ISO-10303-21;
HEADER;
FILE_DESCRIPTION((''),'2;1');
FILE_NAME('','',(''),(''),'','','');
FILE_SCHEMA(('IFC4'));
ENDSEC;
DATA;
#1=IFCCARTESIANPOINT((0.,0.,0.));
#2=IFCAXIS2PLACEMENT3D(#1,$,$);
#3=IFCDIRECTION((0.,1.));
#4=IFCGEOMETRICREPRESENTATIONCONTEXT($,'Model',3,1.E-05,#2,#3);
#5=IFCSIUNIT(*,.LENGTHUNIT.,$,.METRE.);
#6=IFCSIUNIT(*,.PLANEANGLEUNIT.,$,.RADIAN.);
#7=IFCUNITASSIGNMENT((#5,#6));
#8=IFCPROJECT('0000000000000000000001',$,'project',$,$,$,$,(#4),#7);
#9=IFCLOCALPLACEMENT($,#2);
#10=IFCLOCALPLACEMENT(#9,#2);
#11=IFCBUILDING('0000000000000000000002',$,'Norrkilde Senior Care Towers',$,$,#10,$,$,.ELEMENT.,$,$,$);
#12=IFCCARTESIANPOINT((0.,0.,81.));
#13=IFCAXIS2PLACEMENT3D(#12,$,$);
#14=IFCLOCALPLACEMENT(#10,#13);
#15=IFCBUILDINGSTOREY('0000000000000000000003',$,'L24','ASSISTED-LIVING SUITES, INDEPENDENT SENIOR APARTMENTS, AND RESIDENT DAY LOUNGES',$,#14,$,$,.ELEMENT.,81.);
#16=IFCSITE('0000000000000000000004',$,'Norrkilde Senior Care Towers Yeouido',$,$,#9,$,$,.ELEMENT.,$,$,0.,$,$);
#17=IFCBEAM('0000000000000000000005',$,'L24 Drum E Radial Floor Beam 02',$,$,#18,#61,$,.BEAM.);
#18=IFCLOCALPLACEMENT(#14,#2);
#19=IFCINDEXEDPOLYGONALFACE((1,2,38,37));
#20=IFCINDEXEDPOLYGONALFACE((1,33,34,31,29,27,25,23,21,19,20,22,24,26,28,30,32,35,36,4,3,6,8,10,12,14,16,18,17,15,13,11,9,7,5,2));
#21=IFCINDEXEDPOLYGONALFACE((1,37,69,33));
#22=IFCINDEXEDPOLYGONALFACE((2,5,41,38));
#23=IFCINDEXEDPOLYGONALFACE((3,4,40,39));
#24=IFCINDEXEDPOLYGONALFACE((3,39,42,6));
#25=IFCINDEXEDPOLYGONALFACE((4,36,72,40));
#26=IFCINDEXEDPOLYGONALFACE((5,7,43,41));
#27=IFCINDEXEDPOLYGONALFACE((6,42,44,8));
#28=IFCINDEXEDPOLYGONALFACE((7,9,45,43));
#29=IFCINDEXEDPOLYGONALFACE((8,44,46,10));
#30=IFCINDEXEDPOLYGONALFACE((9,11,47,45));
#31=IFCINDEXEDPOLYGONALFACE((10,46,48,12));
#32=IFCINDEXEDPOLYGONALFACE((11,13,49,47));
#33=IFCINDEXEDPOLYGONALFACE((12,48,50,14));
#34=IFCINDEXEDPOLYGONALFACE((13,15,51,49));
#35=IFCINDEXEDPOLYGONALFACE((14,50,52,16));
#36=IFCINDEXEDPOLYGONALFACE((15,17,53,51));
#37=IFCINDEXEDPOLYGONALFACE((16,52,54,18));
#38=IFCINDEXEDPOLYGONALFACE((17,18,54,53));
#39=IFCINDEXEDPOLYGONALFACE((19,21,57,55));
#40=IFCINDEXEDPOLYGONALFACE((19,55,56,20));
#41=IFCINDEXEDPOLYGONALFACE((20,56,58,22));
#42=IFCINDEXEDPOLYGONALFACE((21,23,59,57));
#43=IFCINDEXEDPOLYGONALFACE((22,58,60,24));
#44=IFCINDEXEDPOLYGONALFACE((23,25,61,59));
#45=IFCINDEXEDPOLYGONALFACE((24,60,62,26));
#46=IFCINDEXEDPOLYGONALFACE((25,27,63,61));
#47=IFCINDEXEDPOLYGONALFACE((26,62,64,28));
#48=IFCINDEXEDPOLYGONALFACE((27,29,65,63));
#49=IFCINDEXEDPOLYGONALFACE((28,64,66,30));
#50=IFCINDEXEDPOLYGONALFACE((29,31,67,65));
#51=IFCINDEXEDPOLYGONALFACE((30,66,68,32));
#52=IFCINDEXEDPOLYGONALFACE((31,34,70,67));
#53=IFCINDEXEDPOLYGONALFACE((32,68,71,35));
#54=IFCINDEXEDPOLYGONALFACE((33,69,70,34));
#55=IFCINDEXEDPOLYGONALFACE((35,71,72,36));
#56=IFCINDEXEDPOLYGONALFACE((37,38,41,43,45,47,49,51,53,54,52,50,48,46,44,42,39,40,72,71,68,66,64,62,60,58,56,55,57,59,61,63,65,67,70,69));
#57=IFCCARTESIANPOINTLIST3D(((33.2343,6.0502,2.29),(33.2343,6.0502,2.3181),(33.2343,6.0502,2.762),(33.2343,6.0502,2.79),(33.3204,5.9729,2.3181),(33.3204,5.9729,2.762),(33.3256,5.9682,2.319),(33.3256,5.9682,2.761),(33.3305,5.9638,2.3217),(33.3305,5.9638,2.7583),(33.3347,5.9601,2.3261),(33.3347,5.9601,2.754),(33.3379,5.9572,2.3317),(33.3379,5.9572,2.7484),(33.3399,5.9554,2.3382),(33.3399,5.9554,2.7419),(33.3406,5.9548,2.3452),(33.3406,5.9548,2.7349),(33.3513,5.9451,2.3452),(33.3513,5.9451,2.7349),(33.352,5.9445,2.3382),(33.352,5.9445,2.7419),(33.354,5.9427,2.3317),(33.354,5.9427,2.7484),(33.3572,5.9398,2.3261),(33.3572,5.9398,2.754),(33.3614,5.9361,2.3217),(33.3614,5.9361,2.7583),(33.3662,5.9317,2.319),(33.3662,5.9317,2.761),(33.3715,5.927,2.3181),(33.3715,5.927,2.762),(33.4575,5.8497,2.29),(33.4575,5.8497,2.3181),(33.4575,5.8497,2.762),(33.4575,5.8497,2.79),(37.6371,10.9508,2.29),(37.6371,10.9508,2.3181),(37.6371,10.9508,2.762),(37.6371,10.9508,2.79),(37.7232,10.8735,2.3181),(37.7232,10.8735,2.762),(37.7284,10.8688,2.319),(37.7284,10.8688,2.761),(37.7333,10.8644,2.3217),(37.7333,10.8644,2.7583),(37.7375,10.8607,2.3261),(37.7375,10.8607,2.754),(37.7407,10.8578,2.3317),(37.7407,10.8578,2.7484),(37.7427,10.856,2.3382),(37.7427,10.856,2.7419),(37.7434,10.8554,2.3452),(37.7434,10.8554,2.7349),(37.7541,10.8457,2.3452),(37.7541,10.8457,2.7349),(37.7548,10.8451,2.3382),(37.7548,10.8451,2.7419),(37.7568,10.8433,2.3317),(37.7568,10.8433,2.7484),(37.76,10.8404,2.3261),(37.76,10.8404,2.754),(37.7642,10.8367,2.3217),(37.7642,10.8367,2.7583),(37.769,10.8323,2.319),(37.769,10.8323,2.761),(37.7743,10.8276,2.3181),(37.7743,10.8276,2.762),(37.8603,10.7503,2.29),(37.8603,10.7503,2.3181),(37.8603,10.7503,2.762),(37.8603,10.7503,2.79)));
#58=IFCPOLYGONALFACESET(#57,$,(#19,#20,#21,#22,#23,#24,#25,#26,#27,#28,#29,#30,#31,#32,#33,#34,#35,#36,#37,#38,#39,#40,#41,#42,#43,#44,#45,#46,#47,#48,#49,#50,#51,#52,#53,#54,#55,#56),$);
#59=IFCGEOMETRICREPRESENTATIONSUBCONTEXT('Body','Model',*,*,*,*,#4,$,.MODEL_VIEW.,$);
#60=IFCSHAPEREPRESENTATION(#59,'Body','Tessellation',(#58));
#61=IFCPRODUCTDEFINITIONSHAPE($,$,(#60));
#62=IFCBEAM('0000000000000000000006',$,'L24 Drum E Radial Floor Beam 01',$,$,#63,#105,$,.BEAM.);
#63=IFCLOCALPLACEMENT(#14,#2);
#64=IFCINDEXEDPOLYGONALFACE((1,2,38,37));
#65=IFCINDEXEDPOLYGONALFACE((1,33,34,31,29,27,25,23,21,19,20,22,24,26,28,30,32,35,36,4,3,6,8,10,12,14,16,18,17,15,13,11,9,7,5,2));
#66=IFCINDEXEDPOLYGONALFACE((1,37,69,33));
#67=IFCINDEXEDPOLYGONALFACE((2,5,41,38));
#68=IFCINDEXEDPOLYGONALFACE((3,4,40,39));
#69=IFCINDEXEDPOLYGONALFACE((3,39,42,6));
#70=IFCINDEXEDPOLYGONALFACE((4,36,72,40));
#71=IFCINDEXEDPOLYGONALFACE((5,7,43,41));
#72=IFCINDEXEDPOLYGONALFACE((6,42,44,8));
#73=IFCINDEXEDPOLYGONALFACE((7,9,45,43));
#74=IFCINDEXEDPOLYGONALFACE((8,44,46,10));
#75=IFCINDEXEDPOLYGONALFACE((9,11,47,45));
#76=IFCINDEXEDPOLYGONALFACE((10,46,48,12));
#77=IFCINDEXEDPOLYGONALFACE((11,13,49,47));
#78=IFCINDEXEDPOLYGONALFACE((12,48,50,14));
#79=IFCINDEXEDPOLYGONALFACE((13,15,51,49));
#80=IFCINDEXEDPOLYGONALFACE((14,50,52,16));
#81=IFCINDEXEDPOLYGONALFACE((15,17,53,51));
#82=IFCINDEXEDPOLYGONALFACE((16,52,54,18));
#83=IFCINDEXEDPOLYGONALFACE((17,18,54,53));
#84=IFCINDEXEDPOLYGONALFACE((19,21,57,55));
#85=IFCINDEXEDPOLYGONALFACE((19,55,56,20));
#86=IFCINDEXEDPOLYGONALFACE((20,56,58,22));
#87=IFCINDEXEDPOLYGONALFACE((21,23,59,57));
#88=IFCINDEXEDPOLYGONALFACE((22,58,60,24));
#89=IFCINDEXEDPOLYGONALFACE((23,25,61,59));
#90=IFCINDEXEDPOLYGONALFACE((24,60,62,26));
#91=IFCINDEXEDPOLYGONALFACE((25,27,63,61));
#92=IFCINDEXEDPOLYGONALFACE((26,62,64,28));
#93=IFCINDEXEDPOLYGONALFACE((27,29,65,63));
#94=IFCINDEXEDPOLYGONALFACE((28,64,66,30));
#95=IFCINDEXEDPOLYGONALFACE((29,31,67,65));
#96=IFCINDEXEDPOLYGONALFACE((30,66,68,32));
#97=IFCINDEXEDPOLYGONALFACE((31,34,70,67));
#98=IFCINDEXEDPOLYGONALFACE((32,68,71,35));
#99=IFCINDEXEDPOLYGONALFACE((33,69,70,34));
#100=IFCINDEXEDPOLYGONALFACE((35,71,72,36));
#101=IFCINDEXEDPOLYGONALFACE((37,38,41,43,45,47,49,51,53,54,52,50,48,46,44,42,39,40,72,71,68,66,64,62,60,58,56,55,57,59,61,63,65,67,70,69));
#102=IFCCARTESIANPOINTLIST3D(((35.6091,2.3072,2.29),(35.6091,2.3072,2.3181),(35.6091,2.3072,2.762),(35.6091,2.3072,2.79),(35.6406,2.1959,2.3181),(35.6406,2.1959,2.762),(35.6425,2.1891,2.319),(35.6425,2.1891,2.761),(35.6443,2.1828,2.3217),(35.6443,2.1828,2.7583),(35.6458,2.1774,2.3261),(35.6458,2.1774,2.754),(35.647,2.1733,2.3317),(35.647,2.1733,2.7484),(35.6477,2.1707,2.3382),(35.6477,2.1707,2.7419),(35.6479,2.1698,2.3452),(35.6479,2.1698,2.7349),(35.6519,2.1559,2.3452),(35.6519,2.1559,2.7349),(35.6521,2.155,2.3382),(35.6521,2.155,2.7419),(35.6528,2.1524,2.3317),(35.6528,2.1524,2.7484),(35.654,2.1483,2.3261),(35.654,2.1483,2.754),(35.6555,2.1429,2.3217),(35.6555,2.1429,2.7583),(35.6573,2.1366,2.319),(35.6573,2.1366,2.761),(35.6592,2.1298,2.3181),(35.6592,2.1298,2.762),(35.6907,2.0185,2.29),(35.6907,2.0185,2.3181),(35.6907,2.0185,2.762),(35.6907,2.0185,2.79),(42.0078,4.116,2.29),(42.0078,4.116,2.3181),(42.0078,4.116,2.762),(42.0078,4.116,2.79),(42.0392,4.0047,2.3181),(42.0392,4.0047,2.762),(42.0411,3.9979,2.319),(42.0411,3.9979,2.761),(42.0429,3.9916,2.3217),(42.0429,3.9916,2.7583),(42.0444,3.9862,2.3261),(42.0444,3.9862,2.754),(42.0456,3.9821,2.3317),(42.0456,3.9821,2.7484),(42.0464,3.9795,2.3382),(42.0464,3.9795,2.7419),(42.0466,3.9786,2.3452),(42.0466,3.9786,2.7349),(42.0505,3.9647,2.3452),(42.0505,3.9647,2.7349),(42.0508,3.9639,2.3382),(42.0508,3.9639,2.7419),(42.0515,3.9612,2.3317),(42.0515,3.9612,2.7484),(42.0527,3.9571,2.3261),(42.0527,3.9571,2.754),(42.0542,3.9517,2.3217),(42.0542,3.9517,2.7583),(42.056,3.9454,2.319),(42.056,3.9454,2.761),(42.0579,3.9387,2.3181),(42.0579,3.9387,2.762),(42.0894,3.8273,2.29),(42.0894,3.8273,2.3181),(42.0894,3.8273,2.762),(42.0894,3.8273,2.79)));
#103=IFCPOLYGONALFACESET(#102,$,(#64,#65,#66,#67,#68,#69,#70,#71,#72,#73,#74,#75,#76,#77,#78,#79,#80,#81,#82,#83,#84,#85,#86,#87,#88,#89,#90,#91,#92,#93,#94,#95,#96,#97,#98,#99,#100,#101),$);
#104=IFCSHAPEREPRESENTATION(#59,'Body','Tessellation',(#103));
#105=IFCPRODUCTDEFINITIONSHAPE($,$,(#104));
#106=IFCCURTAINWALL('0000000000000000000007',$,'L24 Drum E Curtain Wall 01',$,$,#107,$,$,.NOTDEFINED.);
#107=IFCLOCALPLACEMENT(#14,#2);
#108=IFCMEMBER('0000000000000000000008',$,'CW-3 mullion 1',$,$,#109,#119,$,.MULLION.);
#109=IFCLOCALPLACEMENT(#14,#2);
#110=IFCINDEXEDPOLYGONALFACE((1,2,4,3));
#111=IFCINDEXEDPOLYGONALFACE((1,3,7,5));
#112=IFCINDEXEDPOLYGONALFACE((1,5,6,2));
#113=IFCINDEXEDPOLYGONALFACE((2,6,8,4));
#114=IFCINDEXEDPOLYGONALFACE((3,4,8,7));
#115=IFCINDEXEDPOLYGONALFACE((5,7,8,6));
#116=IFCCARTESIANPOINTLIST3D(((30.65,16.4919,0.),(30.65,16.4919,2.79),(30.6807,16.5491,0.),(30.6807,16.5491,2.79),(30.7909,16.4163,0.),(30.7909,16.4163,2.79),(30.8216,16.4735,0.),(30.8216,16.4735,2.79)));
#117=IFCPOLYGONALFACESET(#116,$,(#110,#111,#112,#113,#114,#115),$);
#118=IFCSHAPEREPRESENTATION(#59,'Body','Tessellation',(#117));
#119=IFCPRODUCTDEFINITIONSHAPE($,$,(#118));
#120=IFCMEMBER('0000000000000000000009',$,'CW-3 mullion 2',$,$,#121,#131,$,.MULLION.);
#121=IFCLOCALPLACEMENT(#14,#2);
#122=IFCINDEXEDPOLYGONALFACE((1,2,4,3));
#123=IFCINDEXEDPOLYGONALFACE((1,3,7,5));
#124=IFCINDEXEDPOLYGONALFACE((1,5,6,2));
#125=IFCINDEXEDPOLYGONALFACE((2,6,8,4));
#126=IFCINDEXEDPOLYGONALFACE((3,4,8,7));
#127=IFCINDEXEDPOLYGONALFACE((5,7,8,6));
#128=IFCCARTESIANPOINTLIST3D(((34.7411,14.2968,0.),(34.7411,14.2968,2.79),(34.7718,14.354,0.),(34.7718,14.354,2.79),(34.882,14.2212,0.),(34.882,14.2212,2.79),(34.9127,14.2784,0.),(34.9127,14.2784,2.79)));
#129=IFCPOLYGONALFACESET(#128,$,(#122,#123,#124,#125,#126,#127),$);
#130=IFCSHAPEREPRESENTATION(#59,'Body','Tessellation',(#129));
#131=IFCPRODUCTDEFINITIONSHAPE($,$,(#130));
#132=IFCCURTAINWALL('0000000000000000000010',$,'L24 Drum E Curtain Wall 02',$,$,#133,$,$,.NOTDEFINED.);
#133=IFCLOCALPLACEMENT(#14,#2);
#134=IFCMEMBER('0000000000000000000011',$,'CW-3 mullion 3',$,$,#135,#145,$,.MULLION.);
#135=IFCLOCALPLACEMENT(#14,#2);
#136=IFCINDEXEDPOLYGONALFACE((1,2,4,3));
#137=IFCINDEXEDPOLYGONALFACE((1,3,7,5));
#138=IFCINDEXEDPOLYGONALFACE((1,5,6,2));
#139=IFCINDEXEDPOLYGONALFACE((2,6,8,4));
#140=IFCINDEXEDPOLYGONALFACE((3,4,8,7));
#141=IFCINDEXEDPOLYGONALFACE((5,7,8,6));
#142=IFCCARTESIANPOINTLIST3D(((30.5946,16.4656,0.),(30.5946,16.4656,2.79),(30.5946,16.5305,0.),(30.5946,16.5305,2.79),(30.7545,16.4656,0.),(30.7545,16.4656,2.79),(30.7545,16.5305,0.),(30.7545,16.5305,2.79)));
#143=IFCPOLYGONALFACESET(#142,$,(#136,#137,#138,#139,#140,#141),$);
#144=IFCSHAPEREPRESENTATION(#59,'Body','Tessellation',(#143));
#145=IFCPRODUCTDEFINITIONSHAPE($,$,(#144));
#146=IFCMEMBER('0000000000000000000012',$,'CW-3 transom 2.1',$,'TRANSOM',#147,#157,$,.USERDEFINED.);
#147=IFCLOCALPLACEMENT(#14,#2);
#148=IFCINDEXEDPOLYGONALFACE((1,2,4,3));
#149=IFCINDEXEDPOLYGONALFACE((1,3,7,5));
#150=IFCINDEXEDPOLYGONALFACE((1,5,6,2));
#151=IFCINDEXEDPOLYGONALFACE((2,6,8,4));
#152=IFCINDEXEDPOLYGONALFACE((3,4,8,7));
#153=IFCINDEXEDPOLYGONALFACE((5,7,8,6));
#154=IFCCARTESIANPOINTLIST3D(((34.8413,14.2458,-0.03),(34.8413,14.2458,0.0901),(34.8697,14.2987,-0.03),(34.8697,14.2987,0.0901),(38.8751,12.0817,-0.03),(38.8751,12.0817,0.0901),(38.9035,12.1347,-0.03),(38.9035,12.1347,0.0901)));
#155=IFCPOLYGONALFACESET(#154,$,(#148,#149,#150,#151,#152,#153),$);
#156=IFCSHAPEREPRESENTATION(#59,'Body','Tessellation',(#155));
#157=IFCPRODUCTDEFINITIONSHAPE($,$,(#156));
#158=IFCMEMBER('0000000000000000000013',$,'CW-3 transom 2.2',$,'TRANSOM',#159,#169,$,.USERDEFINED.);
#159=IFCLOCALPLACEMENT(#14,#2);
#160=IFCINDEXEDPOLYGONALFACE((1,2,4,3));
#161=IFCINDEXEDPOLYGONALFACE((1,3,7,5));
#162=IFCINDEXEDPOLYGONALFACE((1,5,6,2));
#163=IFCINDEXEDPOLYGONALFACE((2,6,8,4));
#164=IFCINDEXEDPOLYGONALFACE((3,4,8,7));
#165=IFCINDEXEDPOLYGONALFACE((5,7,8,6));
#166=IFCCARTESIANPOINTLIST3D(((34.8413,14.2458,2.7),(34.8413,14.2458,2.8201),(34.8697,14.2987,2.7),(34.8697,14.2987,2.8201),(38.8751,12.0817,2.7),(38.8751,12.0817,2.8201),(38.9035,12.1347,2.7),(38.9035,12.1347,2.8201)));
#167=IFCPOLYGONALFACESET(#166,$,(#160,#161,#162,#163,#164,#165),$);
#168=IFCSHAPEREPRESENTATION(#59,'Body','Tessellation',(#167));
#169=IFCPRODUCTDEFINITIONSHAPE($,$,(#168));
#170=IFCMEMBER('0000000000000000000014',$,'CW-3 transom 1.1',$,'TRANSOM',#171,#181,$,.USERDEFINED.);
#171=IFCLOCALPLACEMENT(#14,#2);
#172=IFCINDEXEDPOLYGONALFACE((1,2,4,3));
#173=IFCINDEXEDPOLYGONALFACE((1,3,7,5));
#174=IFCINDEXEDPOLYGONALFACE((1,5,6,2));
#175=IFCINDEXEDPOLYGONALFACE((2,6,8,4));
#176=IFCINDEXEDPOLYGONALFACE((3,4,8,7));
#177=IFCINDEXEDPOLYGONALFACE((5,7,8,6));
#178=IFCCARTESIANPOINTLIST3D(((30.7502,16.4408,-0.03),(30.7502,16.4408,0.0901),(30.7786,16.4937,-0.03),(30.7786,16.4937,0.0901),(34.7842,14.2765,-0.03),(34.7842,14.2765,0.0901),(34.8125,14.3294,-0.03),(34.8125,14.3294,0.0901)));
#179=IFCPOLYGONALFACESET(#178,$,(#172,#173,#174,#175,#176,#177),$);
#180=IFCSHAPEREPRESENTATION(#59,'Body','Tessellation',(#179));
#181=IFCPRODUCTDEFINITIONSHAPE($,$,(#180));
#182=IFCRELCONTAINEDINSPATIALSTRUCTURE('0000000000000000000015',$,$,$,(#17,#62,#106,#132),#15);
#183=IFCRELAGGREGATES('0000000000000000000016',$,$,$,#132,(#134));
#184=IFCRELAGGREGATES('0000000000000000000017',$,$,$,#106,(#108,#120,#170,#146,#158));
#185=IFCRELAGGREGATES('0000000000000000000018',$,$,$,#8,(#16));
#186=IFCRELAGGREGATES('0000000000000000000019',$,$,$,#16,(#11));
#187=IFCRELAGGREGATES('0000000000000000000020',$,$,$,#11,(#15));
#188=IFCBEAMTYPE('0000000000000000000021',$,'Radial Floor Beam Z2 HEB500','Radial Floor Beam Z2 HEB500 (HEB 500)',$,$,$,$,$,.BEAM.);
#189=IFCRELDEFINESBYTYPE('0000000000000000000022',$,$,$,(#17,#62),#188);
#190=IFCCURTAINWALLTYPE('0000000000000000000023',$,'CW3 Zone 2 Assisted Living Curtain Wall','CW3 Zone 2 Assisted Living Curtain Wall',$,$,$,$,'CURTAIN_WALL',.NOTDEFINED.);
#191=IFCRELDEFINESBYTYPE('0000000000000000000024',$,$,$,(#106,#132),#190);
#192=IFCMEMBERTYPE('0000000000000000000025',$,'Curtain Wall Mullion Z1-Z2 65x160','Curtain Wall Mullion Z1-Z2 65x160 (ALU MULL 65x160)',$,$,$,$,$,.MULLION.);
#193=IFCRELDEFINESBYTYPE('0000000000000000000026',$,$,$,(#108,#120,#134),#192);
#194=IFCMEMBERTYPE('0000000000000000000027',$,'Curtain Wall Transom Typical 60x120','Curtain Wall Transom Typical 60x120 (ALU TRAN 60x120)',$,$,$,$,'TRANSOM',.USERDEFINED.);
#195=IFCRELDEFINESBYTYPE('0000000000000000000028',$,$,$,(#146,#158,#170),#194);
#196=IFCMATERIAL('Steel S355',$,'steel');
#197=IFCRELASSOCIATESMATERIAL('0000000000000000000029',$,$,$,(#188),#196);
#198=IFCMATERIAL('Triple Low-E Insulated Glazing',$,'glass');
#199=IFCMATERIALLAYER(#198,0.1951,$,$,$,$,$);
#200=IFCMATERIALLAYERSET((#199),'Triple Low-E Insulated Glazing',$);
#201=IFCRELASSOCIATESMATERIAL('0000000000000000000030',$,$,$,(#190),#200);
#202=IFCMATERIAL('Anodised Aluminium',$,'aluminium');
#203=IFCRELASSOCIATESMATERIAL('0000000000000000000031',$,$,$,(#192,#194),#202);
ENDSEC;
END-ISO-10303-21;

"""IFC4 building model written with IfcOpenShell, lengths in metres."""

from ifc_helpers import new_model, si_unit, direction, frame, origin, origin_2d, place, context, subcontext, project, spatial, rectangle, i_section, extrude, source, transform, mapped, material, layer, layer_set, material_profile, profile_set, type_object, type_shapes, element, aggregate, save


model = new_model("IFC4")

# Units and contexts
model_context = context("Model", 3, precision=1e-05, world=origin(), true_north=direction((0.0, 1.0)))
body_context = subcontext(model_context, "Body", "Model", "MODEL_VIEW")
ifc_project = project(units=[si_unit("LENGTHUNIT", "METRE"), si_unit("PLANEANGLEUNIT", "RADIAN")], contexts=[model_context])

# Site, building, storey
site_placement = place(None, origin())
site = spatial("IfcSite", under=ifc_project, at=site_placement, Name="Norrkilde Senior Care Towers Yeouido", CompositionType="ELEMENT", RefElevation=0.0)
building_placement = place(site_placement, origin())
building = spatial("IfcBuilding", under=site, at=building_placement, Name="Norrkilde Senior Care Towers", CompositionType="ELEMENT")
storey_placement = place(building_placement, frame((0.0, 0.0, 81.0)))
storey = spatial("IfcBuildingStorey", under=building, at=storey_placement, Name="L24", Description="ASSISTED-LIVING SUITES, INDEPENDENT SENIOR APARTMENTS, AND RESIDENT DAY LOUNGES", CompositionType="ELEMENT", Elevation=81.0)

# Beams
ifc_material_1 = material(Name="Steel S355", Category="steel")
ifc_material_profile_1 = material_profile(ifc_material_1, i_section(OverallWidth=0.3, OverallDepth=0.5, WebThickness=0.0144, FlangeThickness=0.0281, FilletRadius=0.0271, at=origin_2d()), Name="HEB 500")
ifc_profile_set_1 = profile_set([ifc_material_profile_1], Name="Steel S355")
beam_type_1 = type_object("IfcBeamType", Name="Radial Floor Beam Z2 HEB500", Description="Radial Floor Beam Z2 HEB500 (HEB 500)", PredefinedType="BEAM", material=ifc_profile_set_1)
shared_shape_1 = source(origin(), body_context, "Body", "SweptSolid", [
    extrude(i_section(OverallWidth=0.3, OverallDepth=0.5, WebThickness=0.0144, FlangeThickness=0.0281, FilletRadius=0.0271, at=origin_2d()), origin(), (0.0, 0.0, 1.0), 6.5879),
])
beam_1_placement = place(storey_placement, frame((33.3459, 5.95, 2.54), z_axis=(0.668315, 0.743878, 0.0), x_axis=(-0.743878, 0.668315, 0.0)))
element("IfcBeam", 1, at=beam_1_placement, inside=storey, type_object=beam_type_1, Name="L24 Drum E Radial Floor Beam 02", PredefinedType="BEAM", context=body_context, shape_type="MappedRepresentation", body=[
    mapped(shared_shape_1, transform((0.0, 0.0, 0.0), x_axis=(1.0, 0.0, 0.0), y_axis=(0.0, 1.0, 0.0), z_axis=(0.0, 0.0, 1.0), scale=1.0)),
])
shared_shape_2 = source(origin(), body_context, "Body", "SweptSolid", [
    extrude(i_section(OverallWidth=0.3, OverallDepth=0.5, WebThickness=0.0144, FlangeThickness=0.0281, FilletRadius=0.0271, at=origin_2d()), origin(), (0.0, 0.0, 1.0), 6.6494),
])
beam_2_placement = place(storey_placement, frame((35.6499, 2.1628, 2.54), z_axis=(0.962289, 0.272029, 0.0), x_axis=(-0.272029, 0.962289, 0.0)))
element("IfcBeam", 2, at=beam_2_placement, inside=storey, type_object=beam_type_1, Name="L24 Drum E Radial Floor Beam 01", PredefinedType="BEAM", context=body_context, shape_type="MappedRepresentation", body=[
    mapped(shared_shape_2, transform((0.0, 0.0, 0.0), x_axis=(1.0, 0.0, 0.0), y_axis=(0.0, 1.0, 0.0), z_axis=(0.0, 0.0, 1.0), scale=1.0)),
])

# Curtain wall, members
ifc_material_2 = material(Name="Triple Low-E Insulated Glazing", Category="glass")
ifc_layer_1 = layer(ifc_material_2, 0.1951)
ifc_layer_set_1 = layer_set([ifc_layer_1], Name="Triple Low-E Insulated Glazing")
curtain_wall_type = type_object("IfcCurtainWallType", Name="CW3 Zone 2 Assisted Living Curtain Wall", Description="CW3 Zone 2 Assisted Living Curtain Wall", ElementType="CURTAIN_WALL", PredefinedType="NOTDEFINED", material=ifc_layer_set_1)
curtain_wall_1_placement = place(storey_placement, origin())
curtain_wall_1 = element("IfcCurtainWall", 3, at=curtain_wall_1_placement, inside=storey, type_object=curtain_wall_type, Name="L24 Drum E Curtain Wall 01", PredefinedType="NOTDEFINED")
ifc_material_3 = material(Name="Anodised Aluminium", Category="aluminium")
ifc_material_profile_2 = material_profile(ifc_material_3, rectangle(XDim=0.0649, YDim=0.1599, at=origin_2d()), Name="ALU MULL 65x160")
ifc_profile_set_2 = profile_set([ifc_material_profile_2], Name="Anodised Aluminium")
member_type_1 = type_object("IfcMemberType", Name="Curtain Wall Mullion Z1-Z2 65x160", Description="Curtain Wall Mullion Z1-Z2 65x160 (ALU MULL 65x160)", PredefinedType="MULLION", material=ifc_profile_set_2)
shared_shape_3 = source(origin(), body_context, "Body", "SweptSolid", [
    extrude(rectangle(XDim=0.0649, YDim=0.1599, at=origin_2d()), origin(), (0.0, 0.0, 1.0), 2.79),
])
type_shapes(member_type_1, [shared_shape_3])
member_1_placement = place(storey_placement, frame((30.7358, 16.4827, 0.0), z_axis=(0.0, 0.0, 1.0), x_axis=(0.472769, 0.881186, 0.0)))
member_1 = element("IfcMember", 4, at=member_1_placement, type_object=member_type_1, Name="CW-3 mullion 1", PredefinedType="MULLION", context=body_context, shape_type="MappedRepresentation", body=[
    mapped(shared_shape_3, transform((0.0, 0.0, 0.0), x_axis=(1.0, 0.0, 0.0), y_axis=(0.0, 1.0, 0.0), z_axis=(0.0, 0.0, 1.0), scale=1.0)),
])
member_2_placement = place(storey_placement, frame((34.8269, 14.2876, 0.0), z_axis=(0.0, 0.0, 1.0), x_axis=(0.472769, 0.881186, 0.0)))
member_2 = element("IfcMember", 5, at=member_2_placement, type_object=member_type_1, Name="CW-3 mullion 2", PredefinedType="MULLION", context=body_context, shape_type="MappedRepresentation", body=[
    mapped(shared_shape_3, transform((0.0, 0.0, 0.0), x_axis=(1.0, 0.0, 0.0), y_axis=(0.0, 1.0, 0.0), z_axis=(0.0, 0.0, 1.0), scale=1.0)),
])

# Curtain wall, member
curtain_wall_2_placement = place(storey_placement, origin())
curtain_wall_2 = element("IfcCurtainWall", 6, at=curtain_wall_2_placement, inside=storey, type_object=curtain_wall_type, Name="L24 Drum E Curtain Wall 02", PredefinedType="NOTDEFINED")
member_3_placement = place(storey_placement, frame((30.6746, 16.498, 0.0), z_axis=(0.0, 0.0, 1.0), x_axis=(0.0, 1.0, 0.0)))
member_3 = element("IfcMember", 7, at=member_3_placement, type_object=member_type_1, Name="CW-3 mullion 3", PredefinedType="MULLION", context=body_context, shape_type="MappedRepresentation", body=[
    mapped(shared_shape_3, transform((0.0, 0.0, 0.0), x_axis=(1.0, 0.0, 0.0), y_axis=(0.0, 1.0, 0.0), z_axis=(0.0, 0.0, 1.0), scale=1.0)),
])

# Members
ifc_material_profile_3 = material_profile(ifc_material_3, rectangle(XDim=0.0601, YDim=0.1201, at=origin_2d()), Name="ALU TRAN 60x120")
ifc_profile_set_3 = profile_set([ifc_material_profile_3], Name="Anodised Aluminium")
member_type_2 = type_object("IfcMemberType", Name="Curtain Wall Transom Typical 60x120", Description="Curtain Wall Transom Typical 60x120 (ALU TRAN 60x120)", ElementType="TRANSOM", PredefinedType="USERDEFINED", material=ifc_profile_set_3)
shared_shape_4 = source(origin(), body_context, "Body", "SweptSolid", [
    extrude(rectangle(XDim=0.0601, YDim=0.1201, at=origin_2d()), origin(), (0.0, 0.0, 1.0), 4.5776),
])
member_4_placement = place(storey_placement, frame((34.8555, 14.2722, 0.03), z_axis=(0.881205, -0.472735, 0.0), x_axis=(0.472735, 0.881205, 0.0)))
member_4 = element("IfcMember", 8, at=member_4_placement, type_object=member_type_2, Name="CW-3 transom 2.1", ObjectType="TRANSOM", PredefinedType="USERDEFINED", context=body_context, shape_type="MappedRepresentation", body=[
    mapped(shared_shape_4, transform((0.0, 0.0, 0.0), x_axis=(1.0, 0.0, 0.0), y_axis=(0.0, 1.0, 0.0), z_axis=(0.0, 0.0, 1.0), scale=1.0)),
])
member_5_placement = place(storey_placement, frame((34.8555, 14.2722, 2.76), z_axis=(0.881205, -0.472735, 0.0), x_axis=(0.472735, 0.881205, 0.0)))
member_5 = element("IfcMember", 9, at=member_5_placement, type_object=member_type_2, Name="CW-3 transom 2.2", ObjectType="TRANSOM", PredefinedType="USERDEFINED", context=body_context, shape_type="MappedRepresentation", body=[
    mapped(shared_shape_4, transform((0.0, 0.0, 0.0), x_axis=(1.0, 0.0, 0.0), y_axis=(0.0, 1.0, 0.0), z_axis=(0.0, 0.0, 1.0), scale=1.0)),
])
shared_shape_5 = source(origin(), body_context, "Body", "SweptSolid", [
    extrude(rectangle(XDim=0.0601, YDim=0.1201, at=origin_2d()), origin(), (0.0, 0.0, 1.0), 4.5779),
])
type_shapes(member_type_2, [shared_shape_4, shared_shape_5])
member_6_placement = place(storey_placement, frame((30.7644, 16.4673, 0.03), z_axis=(0.881182, -0.472776, 0.0), x_axis=(0.472776, 0.881182, 0.0)))
member_6 = element("IfcMember", 10, at=member_6_placement, type_object=member_type_2, Name="CW-3 transom 1.1", ObjectType="TRANSOM", PredefinedType="USERDEFINED", context=body_context, shape_type="MappedRepresentation", body=[
    mapped(shared_shape_5, transform((0.0, 0.0, 0.0), x_axis=(1.0, 0.0, 0.0), y_axis=(0.0, 1.0, 0.0), z_axis=(0.0, 0.0, 1.0), scale=1.0)),
])

aggregate(curtain_wall_2, [member_3])
aggregate(curtain_wall_1, [member_1, member_2, member_6, member_4, member_5])

save(model, "model.ifc")
